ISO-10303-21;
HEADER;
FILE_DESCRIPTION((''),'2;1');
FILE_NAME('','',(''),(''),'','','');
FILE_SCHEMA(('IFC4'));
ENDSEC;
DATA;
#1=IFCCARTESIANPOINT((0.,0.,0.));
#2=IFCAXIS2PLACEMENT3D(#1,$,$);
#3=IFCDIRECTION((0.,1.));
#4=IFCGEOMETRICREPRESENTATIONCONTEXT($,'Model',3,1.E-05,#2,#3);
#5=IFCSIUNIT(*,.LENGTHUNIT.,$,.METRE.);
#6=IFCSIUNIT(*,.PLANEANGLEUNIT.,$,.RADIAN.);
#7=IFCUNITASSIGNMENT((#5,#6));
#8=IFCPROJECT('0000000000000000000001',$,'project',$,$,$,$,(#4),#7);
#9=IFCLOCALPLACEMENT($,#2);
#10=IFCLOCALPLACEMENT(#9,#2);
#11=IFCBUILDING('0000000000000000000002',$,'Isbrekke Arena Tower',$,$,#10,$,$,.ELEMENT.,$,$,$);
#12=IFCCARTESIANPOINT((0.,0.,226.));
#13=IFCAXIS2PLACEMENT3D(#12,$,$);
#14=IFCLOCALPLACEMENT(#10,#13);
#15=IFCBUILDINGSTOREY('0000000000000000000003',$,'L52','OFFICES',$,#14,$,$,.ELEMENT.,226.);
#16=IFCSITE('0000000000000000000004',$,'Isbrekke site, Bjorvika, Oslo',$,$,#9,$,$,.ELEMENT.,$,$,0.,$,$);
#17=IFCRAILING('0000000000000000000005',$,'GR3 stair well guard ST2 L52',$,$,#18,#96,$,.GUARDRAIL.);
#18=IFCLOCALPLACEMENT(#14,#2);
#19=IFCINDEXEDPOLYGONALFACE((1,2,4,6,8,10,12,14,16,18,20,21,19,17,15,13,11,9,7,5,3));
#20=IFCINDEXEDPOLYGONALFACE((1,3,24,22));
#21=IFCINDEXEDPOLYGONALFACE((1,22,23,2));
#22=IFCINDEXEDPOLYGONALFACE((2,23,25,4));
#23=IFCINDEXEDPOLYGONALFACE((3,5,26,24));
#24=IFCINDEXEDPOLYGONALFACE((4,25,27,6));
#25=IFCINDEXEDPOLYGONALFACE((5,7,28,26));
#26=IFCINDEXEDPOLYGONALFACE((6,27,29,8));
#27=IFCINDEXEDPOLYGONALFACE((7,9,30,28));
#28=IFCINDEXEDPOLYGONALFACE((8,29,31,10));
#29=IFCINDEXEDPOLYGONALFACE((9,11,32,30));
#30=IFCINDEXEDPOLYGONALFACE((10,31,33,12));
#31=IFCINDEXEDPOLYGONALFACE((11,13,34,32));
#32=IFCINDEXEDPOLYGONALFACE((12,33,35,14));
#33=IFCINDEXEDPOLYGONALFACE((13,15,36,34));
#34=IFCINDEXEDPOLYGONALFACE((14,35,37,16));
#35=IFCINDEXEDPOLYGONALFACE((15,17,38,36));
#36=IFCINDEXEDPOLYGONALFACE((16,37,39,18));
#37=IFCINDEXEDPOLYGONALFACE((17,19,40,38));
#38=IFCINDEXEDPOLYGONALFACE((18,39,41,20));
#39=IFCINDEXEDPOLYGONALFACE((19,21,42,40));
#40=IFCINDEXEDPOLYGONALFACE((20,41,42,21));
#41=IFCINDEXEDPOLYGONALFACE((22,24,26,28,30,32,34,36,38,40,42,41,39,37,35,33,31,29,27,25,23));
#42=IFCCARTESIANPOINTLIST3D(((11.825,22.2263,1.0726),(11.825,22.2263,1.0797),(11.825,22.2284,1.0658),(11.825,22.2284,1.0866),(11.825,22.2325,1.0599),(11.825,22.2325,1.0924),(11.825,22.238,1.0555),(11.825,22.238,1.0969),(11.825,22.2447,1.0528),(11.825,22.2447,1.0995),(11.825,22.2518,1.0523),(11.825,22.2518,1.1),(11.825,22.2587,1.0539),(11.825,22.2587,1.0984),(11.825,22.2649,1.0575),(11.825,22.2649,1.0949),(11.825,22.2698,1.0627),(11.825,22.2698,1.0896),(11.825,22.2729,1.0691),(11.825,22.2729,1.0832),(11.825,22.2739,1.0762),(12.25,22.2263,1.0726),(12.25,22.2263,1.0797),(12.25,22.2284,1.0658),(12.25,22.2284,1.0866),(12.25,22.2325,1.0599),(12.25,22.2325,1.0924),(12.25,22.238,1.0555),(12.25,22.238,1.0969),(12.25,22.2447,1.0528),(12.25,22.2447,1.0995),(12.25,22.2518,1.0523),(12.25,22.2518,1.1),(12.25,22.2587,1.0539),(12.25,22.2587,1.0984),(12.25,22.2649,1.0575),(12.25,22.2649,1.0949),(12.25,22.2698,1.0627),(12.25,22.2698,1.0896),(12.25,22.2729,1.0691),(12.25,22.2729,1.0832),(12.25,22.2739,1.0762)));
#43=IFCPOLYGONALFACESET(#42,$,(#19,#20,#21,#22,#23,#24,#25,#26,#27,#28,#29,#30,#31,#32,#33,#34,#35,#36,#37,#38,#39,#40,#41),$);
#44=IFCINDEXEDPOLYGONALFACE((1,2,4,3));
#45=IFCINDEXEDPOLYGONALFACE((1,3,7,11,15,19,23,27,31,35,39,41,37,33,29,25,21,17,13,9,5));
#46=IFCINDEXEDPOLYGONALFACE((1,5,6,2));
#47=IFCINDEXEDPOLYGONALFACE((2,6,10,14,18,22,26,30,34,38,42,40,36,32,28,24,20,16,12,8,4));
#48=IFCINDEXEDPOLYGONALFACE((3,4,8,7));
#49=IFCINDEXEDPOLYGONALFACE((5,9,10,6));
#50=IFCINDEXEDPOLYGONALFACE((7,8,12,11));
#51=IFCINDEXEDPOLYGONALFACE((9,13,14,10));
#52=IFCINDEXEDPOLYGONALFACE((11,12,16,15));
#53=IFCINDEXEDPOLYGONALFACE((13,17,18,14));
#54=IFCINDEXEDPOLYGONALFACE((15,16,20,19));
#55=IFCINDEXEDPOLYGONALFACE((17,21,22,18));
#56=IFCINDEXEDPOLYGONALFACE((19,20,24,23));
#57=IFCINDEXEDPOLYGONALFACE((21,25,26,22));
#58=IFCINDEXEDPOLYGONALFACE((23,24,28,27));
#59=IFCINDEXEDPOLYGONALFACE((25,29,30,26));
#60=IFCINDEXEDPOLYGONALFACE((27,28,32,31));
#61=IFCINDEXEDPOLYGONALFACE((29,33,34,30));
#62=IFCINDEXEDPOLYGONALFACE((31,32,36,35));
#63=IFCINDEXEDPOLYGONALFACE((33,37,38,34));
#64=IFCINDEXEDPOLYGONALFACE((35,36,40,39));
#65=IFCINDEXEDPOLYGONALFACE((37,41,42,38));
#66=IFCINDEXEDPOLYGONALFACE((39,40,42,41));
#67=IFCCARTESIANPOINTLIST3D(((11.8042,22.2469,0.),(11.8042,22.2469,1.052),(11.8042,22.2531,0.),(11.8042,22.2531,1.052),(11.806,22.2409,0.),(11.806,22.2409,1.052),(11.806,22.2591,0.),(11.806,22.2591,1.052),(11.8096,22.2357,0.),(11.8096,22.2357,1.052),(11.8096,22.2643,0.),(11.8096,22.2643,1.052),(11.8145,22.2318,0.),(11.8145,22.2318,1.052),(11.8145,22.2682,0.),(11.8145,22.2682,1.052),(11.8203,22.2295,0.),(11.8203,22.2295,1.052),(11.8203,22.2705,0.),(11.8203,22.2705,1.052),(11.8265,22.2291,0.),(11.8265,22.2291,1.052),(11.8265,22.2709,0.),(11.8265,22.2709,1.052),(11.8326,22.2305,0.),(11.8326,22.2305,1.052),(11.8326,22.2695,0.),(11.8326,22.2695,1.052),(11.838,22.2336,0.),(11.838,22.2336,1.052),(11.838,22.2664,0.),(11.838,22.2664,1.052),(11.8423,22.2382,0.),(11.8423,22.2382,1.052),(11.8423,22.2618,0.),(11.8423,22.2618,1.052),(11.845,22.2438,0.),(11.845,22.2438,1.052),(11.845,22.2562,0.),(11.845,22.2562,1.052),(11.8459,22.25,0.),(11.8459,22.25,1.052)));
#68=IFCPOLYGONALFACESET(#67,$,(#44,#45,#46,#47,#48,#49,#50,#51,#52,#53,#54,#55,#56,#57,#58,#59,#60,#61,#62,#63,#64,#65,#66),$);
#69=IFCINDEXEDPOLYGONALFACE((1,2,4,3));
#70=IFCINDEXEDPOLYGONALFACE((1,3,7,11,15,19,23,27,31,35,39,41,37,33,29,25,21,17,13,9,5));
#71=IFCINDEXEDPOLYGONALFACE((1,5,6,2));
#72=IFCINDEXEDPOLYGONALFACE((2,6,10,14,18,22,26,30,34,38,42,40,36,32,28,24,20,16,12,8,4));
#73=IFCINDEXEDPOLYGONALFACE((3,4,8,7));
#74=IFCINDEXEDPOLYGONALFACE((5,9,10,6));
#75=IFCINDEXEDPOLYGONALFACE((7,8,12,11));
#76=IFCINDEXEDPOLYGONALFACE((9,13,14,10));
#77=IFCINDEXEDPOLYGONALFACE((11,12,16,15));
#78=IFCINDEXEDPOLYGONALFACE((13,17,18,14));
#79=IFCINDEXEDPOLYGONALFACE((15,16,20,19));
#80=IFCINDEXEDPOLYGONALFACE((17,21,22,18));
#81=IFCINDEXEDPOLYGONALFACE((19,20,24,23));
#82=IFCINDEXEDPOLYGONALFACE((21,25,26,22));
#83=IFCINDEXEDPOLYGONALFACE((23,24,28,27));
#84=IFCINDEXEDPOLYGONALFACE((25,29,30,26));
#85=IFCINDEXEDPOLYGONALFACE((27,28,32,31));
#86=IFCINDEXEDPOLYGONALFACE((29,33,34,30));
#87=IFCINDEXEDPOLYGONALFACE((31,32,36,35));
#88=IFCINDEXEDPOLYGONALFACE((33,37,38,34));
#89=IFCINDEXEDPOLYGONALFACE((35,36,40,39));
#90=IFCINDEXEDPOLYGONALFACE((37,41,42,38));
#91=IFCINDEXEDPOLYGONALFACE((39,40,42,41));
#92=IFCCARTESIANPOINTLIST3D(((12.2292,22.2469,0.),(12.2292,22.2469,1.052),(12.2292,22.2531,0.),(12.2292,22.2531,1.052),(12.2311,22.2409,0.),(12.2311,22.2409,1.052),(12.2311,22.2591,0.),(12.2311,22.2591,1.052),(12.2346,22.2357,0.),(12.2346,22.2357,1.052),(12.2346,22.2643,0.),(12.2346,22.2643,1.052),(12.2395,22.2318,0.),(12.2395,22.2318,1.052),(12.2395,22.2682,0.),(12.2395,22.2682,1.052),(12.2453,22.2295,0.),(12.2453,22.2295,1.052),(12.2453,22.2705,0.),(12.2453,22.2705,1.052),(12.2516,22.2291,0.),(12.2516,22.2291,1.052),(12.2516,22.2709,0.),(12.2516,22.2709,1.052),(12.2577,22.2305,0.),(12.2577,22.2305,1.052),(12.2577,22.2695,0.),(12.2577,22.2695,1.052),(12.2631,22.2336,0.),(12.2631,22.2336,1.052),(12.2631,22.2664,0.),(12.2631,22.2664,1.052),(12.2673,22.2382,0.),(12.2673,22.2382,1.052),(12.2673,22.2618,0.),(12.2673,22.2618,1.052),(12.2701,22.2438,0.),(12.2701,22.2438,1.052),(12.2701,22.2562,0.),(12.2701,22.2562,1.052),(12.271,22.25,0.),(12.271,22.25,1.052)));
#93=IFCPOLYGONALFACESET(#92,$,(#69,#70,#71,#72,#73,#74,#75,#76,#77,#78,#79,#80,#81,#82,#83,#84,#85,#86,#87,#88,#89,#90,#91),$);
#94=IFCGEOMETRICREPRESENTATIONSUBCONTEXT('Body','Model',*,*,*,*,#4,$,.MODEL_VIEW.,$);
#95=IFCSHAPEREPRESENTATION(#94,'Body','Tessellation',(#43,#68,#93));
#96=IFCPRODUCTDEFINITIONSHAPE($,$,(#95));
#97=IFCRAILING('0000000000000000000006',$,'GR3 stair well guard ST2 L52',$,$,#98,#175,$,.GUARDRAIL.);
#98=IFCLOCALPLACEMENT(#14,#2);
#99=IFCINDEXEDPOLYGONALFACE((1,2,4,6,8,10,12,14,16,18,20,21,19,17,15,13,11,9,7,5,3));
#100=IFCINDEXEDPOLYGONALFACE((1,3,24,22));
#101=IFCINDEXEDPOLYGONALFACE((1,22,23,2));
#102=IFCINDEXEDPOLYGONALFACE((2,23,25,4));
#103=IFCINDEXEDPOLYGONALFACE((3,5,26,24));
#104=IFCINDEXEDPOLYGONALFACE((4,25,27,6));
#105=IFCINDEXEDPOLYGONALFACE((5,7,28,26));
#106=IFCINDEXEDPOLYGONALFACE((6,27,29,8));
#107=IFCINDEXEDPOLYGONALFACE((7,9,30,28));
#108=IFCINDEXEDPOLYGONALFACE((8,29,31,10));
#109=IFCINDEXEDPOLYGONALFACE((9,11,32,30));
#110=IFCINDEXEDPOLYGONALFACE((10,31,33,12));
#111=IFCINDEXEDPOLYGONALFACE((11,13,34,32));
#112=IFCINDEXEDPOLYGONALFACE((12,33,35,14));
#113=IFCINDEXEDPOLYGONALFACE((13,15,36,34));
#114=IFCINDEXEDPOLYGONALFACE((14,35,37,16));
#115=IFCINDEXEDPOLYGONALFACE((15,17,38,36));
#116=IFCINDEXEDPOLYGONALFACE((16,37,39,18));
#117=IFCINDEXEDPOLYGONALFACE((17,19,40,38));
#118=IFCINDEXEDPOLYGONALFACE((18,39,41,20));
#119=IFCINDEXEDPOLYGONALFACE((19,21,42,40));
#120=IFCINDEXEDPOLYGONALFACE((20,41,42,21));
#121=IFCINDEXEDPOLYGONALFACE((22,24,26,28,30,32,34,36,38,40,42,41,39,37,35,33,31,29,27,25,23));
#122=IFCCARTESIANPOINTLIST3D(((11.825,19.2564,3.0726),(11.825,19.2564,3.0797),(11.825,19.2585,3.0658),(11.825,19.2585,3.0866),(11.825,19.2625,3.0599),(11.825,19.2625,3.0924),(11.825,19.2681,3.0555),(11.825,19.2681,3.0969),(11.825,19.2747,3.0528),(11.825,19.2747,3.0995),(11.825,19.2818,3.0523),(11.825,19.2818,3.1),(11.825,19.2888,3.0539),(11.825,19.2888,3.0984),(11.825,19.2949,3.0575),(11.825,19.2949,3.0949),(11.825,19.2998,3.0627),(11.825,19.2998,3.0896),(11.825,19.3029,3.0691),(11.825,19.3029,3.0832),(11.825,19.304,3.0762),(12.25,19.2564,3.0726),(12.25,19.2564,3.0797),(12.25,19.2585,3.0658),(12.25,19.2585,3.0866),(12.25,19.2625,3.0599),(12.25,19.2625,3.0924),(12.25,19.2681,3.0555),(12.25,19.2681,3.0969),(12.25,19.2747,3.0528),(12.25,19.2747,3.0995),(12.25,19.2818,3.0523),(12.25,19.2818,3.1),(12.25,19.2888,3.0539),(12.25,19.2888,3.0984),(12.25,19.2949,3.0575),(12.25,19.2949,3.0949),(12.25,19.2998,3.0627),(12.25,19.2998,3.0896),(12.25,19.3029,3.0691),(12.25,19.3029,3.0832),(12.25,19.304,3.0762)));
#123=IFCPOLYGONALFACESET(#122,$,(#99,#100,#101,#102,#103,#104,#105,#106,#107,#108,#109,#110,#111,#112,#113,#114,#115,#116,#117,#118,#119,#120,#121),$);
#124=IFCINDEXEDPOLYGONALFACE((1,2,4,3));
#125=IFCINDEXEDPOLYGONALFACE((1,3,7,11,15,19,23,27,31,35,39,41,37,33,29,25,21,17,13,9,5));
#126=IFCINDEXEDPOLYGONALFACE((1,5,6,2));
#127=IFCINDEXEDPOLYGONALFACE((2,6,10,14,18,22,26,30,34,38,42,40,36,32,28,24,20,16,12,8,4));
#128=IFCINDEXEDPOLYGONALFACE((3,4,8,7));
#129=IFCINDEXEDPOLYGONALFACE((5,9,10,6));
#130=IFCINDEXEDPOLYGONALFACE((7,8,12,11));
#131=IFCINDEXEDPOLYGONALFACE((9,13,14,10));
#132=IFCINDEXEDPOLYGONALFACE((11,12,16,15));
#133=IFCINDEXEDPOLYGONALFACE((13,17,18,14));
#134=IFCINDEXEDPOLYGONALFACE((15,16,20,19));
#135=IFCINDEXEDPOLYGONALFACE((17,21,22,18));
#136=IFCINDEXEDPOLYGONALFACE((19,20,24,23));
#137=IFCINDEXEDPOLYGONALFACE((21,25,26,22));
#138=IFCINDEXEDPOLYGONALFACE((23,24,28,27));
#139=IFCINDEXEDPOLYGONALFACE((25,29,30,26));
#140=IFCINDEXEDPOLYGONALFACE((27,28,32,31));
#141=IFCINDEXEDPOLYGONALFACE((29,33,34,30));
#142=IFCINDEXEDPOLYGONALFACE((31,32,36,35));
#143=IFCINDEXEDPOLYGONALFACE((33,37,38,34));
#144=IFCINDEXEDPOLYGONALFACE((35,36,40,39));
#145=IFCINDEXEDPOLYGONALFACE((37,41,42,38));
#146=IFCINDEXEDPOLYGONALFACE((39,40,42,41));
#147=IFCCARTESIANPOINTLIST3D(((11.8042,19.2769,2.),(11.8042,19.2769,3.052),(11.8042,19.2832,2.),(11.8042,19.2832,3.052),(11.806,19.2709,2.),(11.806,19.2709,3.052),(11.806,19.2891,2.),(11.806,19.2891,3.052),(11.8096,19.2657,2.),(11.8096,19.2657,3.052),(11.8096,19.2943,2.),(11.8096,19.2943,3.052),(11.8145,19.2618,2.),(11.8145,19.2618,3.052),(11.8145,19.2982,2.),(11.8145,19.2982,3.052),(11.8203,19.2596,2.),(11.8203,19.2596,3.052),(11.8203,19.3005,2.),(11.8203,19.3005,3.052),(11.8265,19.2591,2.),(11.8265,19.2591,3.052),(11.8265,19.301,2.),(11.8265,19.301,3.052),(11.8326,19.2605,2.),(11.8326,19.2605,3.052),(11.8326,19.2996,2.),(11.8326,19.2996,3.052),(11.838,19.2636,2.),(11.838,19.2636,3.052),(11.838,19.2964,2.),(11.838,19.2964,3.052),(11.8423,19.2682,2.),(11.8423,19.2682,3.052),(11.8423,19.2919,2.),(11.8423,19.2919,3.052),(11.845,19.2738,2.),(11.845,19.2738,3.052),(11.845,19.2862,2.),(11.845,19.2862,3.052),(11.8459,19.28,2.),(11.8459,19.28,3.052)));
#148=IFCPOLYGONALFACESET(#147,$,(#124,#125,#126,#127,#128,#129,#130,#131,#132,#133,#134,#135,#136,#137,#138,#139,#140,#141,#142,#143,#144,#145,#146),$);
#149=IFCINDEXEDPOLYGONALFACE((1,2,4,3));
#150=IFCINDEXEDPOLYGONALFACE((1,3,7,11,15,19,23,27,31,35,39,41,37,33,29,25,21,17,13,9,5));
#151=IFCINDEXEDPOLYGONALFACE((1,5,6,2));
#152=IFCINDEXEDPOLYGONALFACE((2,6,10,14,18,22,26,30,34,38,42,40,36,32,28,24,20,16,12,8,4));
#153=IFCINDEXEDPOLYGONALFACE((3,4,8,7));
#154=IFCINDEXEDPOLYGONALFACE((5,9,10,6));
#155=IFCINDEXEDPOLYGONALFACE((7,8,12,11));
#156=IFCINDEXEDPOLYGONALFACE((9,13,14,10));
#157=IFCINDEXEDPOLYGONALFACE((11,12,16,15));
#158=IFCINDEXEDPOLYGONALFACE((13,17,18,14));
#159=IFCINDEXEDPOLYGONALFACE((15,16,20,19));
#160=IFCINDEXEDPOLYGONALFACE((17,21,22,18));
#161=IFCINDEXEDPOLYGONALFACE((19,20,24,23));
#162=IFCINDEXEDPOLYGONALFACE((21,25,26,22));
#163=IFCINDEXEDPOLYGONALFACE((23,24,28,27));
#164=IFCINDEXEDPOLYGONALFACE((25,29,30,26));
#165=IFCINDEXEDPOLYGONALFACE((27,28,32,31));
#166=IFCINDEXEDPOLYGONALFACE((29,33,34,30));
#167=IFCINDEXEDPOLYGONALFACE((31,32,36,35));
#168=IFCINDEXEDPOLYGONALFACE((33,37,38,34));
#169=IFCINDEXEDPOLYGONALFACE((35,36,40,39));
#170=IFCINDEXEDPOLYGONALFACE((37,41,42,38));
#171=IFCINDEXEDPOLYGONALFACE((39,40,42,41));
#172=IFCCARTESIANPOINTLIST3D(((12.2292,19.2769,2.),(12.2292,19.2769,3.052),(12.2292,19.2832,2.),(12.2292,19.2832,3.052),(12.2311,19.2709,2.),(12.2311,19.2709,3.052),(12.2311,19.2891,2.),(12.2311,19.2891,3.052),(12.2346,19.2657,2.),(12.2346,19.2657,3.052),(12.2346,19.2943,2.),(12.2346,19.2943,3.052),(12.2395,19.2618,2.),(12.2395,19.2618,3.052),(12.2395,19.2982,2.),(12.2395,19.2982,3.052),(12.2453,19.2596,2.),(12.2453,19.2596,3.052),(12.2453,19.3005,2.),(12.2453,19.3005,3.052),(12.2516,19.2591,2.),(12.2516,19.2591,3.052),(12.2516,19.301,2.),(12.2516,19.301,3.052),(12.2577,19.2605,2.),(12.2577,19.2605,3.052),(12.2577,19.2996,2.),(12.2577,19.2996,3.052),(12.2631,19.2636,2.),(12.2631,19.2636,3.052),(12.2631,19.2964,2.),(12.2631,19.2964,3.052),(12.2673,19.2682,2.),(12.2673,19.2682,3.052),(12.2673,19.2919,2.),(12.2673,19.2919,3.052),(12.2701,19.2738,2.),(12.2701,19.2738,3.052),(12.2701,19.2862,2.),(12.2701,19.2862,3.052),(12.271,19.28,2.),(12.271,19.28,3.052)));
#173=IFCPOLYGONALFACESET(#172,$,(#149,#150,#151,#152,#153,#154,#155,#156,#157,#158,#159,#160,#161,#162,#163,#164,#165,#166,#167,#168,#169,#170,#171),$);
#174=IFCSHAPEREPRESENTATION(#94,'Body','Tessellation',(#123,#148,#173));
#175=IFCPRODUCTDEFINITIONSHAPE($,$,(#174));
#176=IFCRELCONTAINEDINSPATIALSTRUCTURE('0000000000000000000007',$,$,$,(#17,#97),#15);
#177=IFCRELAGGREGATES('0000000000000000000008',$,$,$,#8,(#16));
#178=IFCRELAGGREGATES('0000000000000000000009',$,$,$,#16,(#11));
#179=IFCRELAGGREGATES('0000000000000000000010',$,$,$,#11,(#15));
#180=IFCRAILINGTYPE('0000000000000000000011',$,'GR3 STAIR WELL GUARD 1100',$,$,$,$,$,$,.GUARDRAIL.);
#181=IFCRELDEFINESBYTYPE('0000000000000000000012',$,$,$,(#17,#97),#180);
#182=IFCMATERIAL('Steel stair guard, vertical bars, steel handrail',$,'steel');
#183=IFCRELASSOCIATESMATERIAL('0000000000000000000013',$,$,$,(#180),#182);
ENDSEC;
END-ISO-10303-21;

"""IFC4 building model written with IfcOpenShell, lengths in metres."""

from ifc_helpers import new_model, si_unit, direction, frame, origin, origin_2d, place, context, subcontext, project, spatial, circle, extrude, material, type_object, element, save


model = new_model("IFC4")

# Units and contexts
model_context = context("Model", 3, precision=1e-05, world=origin(), true_north=direction((0.0, 1.0)))
body_context = subcontext(model_context, "Body", "Model", "MODEL_VIEW")
ifc_project = project(units=[si_unit("LENGTHUNIT", "METRE"), si_unit("PLANEANGLEUNIT", "RADIAN")], contexts=[model_context])

# Site, building, storey
site_placement = place(None, origin())
site = spatial("IfcSite", under=ifc_project, at=site_placement, Name="Isbrekke site, Bjorvika, Oslo", CompositionType="ELEMENT", RefElevation=0.0)
building_placement = place(site_placement, origin())
building = spatial("IfcBuilding", under=site, at=building_placement, Name="Isbrekke Arena Tower", CompositionType="ELEMENT")
storey_placement = place(building_placement, frame((0.0, 0.0, 226.0)))
storey = spatial("IfcBuildingStorey", under=building, at=storey_placement, Name="L52", Description="OFFICES", CompositionType="ELEMENT", Elevation=226.0)

# Railings
ifc_material_1 = material(Name="Steel stair guard, vertical bars, steel handrail", Category="steel")
railing_type = type_object("IfcRailingType", Name="GR3 STAIR WELL GUARD 1100", PredefinedType="GUARDRAIL", material=ifc_material_1)
for number, where, name in (
    (1, (11.825, 22.25, 0.0), "GR3 stair well guard ST2 L52"),
    (2, (11.825, 19.28, 2.0), "GR3 stair well guard ST2 L52"),
):
    element("IfcRailing", number, at=place(storey_placement, frame(where)), inside=storey, type_object=railing_type, Name=name, PredefinedType="GUARDRAIL", context=body_context, shape_type="SweptSolid", body=[
        extrude(circle(Radius=0.0239, at=origin_2d()), frame((0.0, 0.0, 1.0762), z_axis=(1.0, 0.0, 0.0), x_axis=(0.0, 1.0, 0.0)), (0.0, 0.0, 1.0), 0.425),
        extrude(circle(Radius=0.021, at=origin_2d()), origin(), (0.0, 0.0, 1.0), 1.052),
        extrude(circle(Radius=0.021, at=origin_2d()), frame((0.425, 0.0, 0.0)), (0.0, 0.0, 1.0), 1.052),
    ])

save(model, "model.ifc")
